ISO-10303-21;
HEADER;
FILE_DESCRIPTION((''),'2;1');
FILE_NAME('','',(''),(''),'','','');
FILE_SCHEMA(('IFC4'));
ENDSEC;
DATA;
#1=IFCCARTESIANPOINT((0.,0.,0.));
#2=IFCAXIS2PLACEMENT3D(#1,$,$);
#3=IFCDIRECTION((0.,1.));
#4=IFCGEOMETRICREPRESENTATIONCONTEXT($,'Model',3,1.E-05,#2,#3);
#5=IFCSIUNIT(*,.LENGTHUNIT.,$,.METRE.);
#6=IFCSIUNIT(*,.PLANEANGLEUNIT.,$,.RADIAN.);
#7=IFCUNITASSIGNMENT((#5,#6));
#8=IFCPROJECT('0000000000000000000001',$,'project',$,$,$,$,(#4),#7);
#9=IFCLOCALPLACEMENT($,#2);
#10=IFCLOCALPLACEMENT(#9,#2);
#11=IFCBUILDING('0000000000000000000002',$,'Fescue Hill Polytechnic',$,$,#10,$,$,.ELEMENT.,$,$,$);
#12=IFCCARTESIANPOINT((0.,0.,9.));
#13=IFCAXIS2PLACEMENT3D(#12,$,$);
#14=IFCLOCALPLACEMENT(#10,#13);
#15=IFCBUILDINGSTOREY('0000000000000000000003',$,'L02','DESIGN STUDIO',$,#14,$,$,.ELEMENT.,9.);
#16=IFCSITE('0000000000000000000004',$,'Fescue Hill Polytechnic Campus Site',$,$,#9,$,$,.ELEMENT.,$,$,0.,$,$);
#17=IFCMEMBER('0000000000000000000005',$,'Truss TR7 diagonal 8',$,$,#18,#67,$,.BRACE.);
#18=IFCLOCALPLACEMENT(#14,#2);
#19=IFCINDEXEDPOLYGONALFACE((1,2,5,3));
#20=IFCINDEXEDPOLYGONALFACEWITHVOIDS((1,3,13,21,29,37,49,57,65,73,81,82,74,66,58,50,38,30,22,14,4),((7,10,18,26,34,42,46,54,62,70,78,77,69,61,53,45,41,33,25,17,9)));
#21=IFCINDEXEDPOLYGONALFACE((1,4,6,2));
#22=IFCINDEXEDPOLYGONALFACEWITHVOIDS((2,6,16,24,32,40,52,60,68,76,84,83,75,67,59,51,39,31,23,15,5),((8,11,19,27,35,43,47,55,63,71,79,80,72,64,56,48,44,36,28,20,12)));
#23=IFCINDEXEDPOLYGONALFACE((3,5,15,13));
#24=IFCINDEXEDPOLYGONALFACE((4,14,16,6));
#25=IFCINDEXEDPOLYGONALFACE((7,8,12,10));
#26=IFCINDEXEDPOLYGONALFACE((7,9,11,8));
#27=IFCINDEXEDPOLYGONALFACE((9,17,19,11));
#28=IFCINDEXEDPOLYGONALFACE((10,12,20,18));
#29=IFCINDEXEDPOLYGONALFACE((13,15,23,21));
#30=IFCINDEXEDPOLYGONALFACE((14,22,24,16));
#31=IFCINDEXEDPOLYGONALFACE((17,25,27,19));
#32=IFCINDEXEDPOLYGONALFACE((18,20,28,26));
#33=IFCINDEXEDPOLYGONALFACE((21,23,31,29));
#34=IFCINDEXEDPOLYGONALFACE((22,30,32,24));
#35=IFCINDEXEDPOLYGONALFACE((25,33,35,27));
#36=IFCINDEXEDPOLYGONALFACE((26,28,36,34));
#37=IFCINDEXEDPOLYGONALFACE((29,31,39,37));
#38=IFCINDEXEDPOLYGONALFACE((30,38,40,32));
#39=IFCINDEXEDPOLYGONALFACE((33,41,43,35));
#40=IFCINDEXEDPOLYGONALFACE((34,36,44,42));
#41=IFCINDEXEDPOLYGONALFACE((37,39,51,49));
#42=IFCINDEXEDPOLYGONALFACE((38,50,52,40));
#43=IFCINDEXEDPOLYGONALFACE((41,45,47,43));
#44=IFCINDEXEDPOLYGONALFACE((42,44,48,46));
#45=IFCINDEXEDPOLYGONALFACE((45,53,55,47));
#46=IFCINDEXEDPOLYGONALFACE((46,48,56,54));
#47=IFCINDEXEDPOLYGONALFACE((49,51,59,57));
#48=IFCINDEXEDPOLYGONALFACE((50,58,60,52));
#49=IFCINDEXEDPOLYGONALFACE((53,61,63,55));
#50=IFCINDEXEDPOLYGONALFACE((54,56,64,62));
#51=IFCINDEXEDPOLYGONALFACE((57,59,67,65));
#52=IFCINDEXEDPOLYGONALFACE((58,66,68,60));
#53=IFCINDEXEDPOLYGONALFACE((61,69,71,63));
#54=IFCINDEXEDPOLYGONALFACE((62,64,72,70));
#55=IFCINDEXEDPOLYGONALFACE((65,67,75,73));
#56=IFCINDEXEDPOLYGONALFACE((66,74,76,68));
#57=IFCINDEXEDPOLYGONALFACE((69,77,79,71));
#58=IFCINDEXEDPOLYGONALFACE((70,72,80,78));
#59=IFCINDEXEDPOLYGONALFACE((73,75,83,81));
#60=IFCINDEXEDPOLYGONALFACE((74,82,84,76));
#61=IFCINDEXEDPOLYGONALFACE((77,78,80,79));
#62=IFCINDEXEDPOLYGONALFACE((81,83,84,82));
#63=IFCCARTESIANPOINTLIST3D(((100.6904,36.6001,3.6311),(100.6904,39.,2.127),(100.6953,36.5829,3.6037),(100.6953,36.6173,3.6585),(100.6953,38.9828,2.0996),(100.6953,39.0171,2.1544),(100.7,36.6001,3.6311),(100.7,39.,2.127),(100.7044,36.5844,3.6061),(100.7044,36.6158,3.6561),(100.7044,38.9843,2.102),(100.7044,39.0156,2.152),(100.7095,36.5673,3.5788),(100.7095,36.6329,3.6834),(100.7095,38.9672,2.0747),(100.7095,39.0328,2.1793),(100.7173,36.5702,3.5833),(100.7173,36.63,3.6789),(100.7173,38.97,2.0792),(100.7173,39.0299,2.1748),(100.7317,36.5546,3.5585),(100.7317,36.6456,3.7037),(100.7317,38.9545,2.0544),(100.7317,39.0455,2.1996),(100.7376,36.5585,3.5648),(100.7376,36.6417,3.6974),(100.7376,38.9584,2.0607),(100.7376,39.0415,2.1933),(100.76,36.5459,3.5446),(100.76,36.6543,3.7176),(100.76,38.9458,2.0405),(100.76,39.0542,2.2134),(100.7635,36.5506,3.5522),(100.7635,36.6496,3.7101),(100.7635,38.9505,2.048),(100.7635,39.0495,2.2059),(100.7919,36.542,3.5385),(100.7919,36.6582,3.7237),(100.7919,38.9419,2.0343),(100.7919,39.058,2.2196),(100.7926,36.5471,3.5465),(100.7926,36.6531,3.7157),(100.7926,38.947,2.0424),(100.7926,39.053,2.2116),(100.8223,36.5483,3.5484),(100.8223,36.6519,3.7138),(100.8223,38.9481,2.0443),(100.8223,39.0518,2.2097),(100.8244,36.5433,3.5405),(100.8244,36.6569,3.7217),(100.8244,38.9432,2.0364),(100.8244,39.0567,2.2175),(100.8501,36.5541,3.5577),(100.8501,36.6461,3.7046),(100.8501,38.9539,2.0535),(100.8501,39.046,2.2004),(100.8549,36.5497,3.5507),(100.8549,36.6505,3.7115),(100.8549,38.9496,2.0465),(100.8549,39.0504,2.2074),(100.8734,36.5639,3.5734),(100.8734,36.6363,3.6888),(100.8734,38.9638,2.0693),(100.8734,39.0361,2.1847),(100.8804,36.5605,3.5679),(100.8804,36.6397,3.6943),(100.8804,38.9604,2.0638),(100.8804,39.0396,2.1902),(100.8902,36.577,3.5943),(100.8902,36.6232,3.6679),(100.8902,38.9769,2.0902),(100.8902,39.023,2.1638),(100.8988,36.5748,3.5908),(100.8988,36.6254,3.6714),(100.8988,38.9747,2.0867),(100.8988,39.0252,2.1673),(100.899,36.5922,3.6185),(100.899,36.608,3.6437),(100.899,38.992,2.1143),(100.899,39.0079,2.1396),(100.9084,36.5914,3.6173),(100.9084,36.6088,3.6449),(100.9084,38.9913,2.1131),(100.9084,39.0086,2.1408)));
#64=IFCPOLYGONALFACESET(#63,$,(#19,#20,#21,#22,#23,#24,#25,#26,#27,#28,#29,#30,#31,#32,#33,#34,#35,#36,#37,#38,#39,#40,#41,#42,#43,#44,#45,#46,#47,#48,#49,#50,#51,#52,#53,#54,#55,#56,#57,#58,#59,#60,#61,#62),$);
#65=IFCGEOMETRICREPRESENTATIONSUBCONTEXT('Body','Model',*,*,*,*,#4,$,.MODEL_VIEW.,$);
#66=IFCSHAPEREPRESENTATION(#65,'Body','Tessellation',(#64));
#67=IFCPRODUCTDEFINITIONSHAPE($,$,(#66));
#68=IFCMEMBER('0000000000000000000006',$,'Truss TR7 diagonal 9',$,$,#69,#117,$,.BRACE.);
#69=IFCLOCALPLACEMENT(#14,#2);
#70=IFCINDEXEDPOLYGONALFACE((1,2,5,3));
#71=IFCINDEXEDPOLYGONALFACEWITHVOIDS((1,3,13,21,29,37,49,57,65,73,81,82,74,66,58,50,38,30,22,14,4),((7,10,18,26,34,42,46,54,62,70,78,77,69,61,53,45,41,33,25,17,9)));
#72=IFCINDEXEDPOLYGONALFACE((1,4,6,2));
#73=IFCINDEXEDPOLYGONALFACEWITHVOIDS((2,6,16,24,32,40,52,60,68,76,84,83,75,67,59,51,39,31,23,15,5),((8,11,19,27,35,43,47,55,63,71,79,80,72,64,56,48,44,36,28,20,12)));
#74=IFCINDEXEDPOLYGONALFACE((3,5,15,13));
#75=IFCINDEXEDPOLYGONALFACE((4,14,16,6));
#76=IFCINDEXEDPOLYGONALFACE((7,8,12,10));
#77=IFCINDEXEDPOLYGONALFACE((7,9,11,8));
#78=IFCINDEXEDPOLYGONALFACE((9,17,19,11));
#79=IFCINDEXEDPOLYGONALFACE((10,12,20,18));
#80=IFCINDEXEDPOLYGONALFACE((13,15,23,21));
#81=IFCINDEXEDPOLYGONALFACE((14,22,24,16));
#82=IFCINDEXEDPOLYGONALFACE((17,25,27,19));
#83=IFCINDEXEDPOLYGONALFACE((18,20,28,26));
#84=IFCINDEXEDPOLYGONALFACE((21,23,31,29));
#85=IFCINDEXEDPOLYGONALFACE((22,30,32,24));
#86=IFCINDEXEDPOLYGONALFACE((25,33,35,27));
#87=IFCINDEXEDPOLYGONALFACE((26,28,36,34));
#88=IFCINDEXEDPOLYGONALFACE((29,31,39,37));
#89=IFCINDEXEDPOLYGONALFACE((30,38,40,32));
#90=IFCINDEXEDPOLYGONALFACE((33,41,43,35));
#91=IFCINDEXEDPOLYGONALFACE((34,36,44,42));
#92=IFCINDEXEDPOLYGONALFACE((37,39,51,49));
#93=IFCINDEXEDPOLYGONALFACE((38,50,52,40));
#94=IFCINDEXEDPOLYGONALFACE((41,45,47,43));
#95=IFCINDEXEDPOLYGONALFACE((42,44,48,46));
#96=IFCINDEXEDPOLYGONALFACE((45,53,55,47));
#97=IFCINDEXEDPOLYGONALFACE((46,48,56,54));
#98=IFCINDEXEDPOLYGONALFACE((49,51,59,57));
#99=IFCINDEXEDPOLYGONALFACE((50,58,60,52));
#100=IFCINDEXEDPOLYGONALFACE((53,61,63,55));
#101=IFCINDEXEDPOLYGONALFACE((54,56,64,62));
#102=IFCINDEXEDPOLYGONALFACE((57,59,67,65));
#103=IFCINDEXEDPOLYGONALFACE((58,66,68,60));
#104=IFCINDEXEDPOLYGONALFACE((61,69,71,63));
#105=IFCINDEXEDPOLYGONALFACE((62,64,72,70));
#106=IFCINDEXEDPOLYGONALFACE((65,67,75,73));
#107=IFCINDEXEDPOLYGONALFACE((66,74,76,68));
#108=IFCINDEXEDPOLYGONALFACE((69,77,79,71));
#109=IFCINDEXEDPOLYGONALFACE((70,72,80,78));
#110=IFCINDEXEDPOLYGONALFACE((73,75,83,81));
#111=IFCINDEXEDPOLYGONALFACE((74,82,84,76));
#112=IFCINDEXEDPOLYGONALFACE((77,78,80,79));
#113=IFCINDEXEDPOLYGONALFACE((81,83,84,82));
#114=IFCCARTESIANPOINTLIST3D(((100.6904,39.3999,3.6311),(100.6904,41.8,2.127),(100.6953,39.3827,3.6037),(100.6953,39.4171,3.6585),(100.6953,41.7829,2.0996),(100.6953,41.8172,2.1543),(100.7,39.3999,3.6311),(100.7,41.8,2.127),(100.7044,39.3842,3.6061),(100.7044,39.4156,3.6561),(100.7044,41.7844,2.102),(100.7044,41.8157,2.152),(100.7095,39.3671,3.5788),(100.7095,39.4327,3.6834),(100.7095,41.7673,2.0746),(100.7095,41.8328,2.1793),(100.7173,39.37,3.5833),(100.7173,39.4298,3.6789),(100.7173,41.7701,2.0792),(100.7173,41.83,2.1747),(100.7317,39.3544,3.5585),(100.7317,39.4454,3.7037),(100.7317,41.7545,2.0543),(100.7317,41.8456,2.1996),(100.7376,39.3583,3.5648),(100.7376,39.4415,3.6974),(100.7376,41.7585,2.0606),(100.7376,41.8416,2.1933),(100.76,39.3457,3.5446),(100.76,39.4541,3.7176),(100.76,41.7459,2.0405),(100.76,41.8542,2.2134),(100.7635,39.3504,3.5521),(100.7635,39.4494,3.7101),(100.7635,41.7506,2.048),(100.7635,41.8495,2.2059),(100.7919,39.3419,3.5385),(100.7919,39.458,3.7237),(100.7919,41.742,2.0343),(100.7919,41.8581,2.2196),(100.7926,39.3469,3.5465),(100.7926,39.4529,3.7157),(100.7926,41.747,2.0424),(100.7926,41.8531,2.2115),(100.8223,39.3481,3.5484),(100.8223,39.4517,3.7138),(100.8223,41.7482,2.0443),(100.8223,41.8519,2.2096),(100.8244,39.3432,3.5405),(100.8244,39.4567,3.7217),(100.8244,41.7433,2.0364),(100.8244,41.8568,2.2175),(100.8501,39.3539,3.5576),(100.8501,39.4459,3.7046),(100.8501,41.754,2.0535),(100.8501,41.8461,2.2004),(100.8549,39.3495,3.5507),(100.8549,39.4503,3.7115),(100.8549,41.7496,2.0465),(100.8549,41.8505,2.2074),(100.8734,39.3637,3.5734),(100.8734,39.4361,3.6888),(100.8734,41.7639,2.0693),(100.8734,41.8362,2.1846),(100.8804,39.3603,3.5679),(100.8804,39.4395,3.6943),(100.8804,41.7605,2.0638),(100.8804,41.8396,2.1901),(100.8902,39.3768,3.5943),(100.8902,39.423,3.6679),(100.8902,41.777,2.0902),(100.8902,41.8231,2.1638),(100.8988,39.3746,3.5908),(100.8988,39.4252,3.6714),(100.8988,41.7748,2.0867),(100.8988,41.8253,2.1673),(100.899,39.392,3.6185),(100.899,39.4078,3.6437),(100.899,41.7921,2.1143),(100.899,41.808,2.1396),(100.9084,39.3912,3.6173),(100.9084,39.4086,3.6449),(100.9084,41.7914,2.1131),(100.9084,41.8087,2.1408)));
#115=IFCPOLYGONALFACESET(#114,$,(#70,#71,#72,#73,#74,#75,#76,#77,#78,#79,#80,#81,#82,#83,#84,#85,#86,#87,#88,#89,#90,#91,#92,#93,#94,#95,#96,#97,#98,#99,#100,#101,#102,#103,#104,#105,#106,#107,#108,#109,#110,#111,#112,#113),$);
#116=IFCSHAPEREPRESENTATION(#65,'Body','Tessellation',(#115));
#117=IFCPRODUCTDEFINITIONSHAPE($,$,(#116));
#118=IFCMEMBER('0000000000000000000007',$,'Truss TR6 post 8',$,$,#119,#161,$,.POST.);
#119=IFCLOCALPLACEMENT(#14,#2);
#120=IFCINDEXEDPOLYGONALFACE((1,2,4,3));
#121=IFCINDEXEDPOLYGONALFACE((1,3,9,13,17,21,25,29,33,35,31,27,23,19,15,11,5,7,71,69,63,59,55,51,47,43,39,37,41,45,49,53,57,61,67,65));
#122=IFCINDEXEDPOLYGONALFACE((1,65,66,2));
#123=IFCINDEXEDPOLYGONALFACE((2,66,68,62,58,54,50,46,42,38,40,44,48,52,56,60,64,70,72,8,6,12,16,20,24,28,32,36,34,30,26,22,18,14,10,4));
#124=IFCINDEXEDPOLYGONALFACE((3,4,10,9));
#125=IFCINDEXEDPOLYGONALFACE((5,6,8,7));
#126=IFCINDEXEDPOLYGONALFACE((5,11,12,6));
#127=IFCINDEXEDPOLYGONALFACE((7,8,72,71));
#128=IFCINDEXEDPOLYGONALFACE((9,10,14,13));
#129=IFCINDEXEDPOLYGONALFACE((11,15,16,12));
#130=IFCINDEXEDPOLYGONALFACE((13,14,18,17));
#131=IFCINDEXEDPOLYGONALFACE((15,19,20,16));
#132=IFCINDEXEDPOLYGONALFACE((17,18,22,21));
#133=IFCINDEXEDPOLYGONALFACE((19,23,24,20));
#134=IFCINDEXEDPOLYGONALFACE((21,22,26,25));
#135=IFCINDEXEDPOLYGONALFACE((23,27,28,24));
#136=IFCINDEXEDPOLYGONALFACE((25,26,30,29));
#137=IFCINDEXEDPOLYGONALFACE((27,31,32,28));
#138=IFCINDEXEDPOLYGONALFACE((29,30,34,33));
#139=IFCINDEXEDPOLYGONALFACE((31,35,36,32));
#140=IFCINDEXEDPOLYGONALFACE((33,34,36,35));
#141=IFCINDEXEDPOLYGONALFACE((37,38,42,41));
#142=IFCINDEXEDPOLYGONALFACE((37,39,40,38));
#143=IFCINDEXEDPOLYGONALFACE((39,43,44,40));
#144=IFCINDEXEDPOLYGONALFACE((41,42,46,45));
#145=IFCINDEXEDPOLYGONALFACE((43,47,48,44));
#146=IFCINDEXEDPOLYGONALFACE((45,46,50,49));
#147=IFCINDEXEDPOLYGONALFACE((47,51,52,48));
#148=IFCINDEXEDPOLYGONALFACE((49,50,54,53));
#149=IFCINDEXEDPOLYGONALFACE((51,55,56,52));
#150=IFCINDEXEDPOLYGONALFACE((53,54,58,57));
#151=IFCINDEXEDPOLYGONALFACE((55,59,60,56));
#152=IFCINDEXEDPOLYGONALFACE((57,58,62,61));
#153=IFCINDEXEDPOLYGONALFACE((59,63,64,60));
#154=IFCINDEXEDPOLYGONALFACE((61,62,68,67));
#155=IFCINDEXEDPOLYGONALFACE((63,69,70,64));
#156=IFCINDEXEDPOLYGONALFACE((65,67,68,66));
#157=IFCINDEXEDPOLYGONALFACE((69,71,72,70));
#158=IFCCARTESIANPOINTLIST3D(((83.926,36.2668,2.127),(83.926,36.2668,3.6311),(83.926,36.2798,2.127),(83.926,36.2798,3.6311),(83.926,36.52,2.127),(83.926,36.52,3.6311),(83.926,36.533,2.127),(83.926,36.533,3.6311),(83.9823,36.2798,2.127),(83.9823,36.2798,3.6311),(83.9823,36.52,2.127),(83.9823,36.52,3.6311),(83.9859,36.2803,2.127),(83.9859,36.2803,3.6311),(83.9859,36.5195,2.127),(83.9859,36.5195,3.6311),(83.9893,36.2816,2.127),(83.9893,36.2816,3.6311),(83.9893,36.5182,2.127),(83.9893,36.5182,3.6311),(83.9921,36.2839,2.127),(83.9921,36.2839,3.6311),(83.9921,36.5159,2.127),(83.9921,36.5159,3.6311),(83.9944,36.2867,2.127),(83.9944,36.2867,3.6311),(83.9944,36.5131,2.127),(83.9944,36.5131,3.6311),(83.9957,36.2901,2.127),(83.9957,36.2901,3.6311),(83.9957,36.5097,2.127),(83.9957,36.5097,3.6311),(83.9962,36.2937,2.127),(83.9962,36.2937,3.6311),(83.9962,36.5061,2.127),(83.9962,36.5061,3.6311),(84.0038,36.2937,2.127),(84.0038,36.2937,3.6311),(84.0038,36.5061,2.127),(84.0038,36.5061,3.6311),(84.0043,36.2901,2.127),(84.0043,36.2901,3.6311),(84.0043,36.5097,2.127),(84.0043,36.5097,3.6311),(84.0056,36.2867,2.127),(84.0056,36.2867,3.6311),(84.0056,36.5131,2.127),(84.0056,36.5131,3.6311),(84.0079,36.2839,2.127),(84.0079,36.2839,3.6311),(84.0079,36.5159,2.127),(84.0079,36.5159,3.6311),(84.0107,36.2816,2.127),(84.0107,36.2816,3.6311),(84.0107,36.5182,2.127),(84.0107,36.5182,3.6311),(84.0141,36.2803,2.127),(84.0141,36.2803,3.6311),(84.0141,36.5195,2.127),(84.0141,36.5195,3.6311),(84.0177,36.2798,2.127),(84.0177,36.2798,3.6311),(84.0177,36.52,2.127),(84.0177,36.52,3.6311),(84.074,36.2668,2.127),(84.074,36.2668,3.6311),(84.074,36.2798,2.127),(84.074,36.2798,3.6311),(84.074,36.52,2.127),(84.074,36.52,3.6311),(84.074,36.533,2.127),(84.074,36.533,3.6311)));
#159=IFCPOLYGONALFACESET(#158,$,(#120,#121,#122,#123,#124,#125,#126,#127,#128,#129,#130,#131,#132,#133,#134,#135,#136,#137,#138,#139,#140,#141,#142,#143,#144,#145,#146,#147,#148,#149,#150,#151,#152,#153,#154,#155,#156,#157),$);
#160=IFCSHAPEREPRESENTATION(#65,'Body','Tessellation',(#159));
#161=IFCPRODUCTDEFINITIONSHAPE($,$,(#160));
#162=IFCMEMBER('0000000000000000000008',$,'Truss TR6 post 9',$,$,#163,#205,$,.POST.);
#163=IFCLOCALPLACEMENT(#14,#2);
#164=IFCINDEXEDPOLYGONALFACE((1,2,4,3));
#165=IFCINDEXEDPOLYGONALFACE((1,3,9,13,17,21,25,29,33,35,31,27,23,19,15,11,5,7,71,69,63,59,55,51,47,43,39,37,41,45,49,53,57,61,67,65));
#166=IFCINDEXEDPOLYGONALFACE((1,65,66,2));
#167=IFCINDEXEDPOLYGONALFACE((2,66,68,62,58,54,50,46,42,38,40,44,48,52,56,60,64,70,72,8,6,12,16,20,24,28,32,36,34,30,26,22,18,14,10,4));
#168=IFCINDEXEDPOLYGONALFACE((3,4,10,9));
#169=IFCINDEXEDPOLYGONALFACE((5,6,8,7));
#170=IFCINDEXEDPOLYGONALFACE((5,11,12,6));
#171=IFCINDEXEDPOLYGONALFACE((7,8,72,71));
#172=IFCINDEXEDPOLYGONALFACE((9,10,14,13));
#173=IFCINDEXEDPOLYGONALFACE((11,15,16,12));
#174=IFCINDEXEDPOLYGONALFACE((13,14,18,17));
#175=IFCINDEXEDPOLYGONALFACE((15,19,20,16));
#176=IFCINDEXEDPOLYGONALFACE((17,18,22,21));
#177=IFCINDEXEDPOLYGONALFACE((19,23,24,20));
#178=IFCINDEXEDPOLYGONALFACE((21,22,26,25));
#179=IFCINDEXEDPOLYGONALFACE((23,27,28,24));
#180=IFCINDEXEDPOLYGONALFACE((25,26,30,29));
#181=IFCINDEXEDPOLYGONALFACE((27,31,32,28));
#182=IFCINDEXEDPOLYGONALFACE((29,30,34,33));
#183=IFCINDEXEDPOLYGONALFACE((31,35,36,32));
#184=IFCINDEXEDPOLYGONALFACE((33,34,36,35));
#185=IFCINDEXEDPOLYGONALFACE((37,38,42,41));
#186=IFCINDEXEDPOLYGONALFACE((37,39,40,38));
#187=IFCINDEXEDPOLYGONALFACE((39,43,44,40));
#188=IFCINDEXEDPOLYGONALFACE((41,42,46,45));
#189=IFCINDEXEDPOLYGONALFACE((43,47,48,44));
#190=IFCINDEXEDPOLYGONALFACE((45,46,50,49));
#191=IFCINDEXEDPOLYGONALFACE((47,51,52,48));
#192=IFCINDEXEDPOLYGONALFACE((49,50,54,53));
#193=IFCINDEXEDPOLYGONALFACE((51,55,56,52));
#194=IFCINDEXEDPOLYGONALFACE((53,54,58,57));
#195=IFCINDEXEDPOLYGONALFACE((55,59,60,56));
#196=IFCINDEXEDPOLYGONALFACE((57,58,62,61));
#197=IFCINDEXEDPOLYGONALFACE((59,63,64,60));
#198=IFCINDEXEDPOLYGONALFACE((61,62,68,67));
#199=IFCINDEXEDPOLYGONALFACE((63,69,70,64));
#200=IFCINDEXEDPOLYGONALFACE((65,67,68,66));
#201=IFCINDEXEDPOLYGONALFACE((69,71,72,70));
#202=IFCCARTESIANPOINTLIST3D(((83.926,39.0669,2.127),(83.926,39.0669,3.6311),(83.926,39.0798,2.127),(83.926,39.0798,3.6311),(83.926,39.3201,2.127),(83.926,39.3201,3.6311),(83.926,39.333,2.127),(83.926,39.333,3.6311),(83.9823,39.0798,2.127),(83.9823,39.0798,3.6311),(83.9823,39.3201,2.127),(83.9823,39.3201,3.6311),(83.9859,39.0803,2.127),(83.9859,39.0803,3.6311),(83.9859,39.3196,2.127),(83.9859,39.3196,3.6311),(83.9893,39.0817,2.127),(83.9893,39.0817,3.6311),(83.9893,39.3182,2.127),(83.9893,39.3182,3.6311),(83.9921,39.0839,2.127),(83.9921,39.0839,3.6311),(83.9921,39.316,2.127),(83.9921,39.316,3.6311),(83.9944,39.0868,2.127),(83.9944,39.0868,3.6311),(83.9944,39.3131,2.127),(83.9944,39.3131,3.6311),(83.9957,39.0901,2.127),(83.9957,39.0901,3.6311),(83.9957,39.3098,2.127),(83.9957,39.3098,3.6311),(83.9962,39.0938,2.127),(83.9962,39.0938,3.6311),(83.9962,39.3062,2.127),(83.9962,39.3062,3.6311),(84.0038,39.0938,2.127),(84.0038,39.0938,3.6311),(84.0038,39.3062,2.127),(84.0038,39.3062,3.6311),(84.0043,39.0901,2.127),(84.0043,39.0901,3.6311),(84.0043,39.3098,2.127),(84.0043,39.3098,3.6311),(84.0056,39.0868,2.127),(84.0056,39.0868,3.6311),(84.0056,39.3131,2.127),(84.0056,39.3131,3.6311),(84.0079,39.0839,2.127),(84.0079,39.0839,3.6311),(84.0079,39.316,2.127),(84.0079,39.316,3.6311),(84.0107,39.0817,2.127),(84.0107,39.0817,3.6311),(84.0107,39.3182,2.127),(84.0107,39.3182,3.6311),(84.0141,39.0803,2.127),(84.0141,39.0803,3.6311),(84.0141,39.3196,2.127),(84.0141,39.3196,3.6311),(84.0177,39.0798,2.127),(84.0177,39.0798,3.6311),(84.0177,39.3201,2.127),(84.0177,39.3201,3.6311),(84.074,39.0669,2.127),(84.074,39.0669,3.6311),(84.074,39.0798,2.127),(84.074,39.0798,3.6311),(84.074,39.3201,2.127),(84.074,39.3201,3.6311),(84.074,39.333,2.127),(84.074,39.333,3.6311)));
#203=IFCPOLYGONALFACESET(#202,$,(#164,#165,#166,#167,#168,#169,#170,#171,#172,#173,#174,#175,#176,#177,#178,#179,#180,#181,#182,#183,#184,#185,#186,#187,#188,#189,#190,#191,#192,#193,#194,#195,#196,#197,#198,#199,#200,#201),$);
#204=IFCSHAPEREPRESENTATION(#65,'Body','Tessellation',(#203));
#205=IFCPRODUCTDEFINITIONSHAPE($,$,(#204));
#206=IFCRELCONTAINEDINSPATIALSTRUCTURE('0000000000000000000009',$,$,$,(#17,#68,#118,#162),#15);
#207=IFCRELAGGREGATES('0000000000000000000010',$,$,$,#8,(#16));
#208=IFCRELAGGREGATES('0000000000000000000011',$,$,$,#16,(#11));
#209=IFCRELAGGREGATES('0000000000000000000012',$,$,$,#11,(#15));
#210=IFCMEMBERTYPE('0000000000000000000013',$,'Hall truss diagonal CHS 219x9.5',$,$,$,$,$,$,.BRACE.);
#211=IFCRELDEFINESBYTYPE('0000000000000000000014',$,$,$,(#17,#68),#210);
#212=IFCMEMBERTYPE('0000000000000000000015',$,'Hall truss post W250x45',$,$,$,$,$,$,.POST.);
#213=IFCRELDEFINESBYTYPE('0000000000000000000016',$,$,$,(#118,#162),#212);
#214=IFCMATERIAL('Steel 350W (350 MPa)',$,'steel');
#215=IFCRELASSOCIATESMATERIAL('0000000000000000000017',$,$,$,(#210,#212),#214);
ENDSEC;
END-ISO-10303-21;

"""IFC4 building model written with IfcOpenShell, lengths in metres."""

from ifc_helpers import new_model, si_unit, direction, frame, origin, origin_2d, place, context, subcontext, project, spatial, hollow_circle, i_section, extrude, material, material_profile, profile_set, type_object, element, save


model = new_model("IFC4")

# Units and contexts
model_context = context("Model", 3, precision=1e-05, world=origin(), true_north=direction((0.0, 1.0)))
body_context = subcontext(model_context, "Body", "Model", "MODEL_VIEW")
ifc_project = project(units=[si_unit("LENGTHUNIT", "METRE"), si_unit("PLANEANGLEUNIT", "RADIAN")], contexts=[model_context])

# Site, building, storey
site_placement = place(None, origin())
site = spatial("IfcSite", under=ifc_project, at=site_placement, Name="Fescue Hill Polytechnic Campus Site", CompositionType="ELEMENT", RefElevation=0.0)
building_placement = place(site_placement, origin())
building = spatial("IfcBuilding", under=site, at=building_placement, Name="Fescue Hill Polytechnic", CompositionType="ELEMENT")
storey_placement = place(building_placement, frame((0.0, 0.0, 9.0)))
storey = spatial("IfcBuildingStorey", under=building, at=storey_placement, Name="L02", Description="DESIGN STUDIO", CompositionType="ELEMENT", Elevation=9.0)

# Members
ifc_material = material(Name="Steel 350W (350 MPa)", Category="steel")
ifc_material_profile_1 = material_profile(ifc_material, hollow_circle(Radius=0.1096, WallThickness=0.0095, at=origin_2d()), Name="Hall truss diagonal CHS 219x9.5")
ifc_profile_set_1 = profile_set([ifc_material_profile_1], Name="Steel 350W (350 MPa)")
member_type_1 = type_object("IfcMemberType", Name="Hall truss diagonal CHS 219x9.5", PredefinedType="BRACE", material=ifc_profile_set_1)
member_1_placement = place(storey_placement, frame((100.8, 36.6001, 3.6311), z_axis=(0.0, 0.847329, -0.531068), x_axis=(-1.0, 0.0, 0.0)))
element("IfcMember", 1, at=member_1_placement, inside=storey, type_object=member_type_1, Name="Truss TR7 diagonal 8", PredefinedType="BRACE", context=body_context, shape_type="SweptSolid", body=[
    extrude(hollow_circle(Radius=0.1096, WallThickness=0.0095, at=origin_2d()), origin(), (0.0, 0.0, 1.0), 2.8323),
])
member_2_placement = place(storey_placement, frame((100.8, 39.3999, 3.6311), z_axis=(0.0, 0.847354, -0.531029), x_axis=(-1.0, 0.0, 0.0)))
element("IfcMember", 2, at=member_2_placement, inside=storey, type_object=member_type_1, Name="Truss TR7 diagonal 9", PredefinedType="BRACE", context=body_context, shape_type="SweptSolid", body=[
    extrude(hollow_circle(Radius=0.1096, WallThickness=0.0095, at=origin_2d()), origin(), (0.0, 0.0, 1.0), 2.8325),
])
ifc_material_profile_2 = material_profile(ifc_material, i_section(OverallWidth=0.1479, OverallDepth=0.2661, WebThickness=0.0076, FlangeThickness=0.0129, FilletRadius=0.0139, at=origin_2d()), Name="W250x45")
ifc_profile_set_2 = profile_set([ifc_material_profile_2], Name="Steel 350W (350 MPa)")
member_type_2 = type_object("IfcMemberType", Name="Hall truss post W250x45", PredefinedType="POST", material=ifc_profile_set_2)
for number, where, z_axis, x_axis, name in (
    (3, (84.0, 36.3999, 2.127), (0.0, 0.0, 1.0), (1.0, 0.0, 0.0), "Truss TR6 post 8"),
    (4, (84.0, 39.2, 2.127), (0.0, 0.0, 1.0), (1.0, 0.0, 0.0), "Truss TR6 post 9"),
):
    element("IfcMember", number, at=place(storey_placement, frame(where, z_axis=z_axis, x_axis=x_axis)), inside=storey, type_object=member_type_2, Name=name, PredefinedType="POST", context=body_context, shape_type="SweptSolid", body=[
        extrude(i_section(OverallWidth=0.1479, OverallDepth=0.2661, WebThickness=0.0076, FlangeThickness=0.0129, FilletRadius=0.0139, at=origin_2d()), origin(), (0.0, 0.0, 1.0), 1.5042),
    ])

save(model, "model.ifc")
